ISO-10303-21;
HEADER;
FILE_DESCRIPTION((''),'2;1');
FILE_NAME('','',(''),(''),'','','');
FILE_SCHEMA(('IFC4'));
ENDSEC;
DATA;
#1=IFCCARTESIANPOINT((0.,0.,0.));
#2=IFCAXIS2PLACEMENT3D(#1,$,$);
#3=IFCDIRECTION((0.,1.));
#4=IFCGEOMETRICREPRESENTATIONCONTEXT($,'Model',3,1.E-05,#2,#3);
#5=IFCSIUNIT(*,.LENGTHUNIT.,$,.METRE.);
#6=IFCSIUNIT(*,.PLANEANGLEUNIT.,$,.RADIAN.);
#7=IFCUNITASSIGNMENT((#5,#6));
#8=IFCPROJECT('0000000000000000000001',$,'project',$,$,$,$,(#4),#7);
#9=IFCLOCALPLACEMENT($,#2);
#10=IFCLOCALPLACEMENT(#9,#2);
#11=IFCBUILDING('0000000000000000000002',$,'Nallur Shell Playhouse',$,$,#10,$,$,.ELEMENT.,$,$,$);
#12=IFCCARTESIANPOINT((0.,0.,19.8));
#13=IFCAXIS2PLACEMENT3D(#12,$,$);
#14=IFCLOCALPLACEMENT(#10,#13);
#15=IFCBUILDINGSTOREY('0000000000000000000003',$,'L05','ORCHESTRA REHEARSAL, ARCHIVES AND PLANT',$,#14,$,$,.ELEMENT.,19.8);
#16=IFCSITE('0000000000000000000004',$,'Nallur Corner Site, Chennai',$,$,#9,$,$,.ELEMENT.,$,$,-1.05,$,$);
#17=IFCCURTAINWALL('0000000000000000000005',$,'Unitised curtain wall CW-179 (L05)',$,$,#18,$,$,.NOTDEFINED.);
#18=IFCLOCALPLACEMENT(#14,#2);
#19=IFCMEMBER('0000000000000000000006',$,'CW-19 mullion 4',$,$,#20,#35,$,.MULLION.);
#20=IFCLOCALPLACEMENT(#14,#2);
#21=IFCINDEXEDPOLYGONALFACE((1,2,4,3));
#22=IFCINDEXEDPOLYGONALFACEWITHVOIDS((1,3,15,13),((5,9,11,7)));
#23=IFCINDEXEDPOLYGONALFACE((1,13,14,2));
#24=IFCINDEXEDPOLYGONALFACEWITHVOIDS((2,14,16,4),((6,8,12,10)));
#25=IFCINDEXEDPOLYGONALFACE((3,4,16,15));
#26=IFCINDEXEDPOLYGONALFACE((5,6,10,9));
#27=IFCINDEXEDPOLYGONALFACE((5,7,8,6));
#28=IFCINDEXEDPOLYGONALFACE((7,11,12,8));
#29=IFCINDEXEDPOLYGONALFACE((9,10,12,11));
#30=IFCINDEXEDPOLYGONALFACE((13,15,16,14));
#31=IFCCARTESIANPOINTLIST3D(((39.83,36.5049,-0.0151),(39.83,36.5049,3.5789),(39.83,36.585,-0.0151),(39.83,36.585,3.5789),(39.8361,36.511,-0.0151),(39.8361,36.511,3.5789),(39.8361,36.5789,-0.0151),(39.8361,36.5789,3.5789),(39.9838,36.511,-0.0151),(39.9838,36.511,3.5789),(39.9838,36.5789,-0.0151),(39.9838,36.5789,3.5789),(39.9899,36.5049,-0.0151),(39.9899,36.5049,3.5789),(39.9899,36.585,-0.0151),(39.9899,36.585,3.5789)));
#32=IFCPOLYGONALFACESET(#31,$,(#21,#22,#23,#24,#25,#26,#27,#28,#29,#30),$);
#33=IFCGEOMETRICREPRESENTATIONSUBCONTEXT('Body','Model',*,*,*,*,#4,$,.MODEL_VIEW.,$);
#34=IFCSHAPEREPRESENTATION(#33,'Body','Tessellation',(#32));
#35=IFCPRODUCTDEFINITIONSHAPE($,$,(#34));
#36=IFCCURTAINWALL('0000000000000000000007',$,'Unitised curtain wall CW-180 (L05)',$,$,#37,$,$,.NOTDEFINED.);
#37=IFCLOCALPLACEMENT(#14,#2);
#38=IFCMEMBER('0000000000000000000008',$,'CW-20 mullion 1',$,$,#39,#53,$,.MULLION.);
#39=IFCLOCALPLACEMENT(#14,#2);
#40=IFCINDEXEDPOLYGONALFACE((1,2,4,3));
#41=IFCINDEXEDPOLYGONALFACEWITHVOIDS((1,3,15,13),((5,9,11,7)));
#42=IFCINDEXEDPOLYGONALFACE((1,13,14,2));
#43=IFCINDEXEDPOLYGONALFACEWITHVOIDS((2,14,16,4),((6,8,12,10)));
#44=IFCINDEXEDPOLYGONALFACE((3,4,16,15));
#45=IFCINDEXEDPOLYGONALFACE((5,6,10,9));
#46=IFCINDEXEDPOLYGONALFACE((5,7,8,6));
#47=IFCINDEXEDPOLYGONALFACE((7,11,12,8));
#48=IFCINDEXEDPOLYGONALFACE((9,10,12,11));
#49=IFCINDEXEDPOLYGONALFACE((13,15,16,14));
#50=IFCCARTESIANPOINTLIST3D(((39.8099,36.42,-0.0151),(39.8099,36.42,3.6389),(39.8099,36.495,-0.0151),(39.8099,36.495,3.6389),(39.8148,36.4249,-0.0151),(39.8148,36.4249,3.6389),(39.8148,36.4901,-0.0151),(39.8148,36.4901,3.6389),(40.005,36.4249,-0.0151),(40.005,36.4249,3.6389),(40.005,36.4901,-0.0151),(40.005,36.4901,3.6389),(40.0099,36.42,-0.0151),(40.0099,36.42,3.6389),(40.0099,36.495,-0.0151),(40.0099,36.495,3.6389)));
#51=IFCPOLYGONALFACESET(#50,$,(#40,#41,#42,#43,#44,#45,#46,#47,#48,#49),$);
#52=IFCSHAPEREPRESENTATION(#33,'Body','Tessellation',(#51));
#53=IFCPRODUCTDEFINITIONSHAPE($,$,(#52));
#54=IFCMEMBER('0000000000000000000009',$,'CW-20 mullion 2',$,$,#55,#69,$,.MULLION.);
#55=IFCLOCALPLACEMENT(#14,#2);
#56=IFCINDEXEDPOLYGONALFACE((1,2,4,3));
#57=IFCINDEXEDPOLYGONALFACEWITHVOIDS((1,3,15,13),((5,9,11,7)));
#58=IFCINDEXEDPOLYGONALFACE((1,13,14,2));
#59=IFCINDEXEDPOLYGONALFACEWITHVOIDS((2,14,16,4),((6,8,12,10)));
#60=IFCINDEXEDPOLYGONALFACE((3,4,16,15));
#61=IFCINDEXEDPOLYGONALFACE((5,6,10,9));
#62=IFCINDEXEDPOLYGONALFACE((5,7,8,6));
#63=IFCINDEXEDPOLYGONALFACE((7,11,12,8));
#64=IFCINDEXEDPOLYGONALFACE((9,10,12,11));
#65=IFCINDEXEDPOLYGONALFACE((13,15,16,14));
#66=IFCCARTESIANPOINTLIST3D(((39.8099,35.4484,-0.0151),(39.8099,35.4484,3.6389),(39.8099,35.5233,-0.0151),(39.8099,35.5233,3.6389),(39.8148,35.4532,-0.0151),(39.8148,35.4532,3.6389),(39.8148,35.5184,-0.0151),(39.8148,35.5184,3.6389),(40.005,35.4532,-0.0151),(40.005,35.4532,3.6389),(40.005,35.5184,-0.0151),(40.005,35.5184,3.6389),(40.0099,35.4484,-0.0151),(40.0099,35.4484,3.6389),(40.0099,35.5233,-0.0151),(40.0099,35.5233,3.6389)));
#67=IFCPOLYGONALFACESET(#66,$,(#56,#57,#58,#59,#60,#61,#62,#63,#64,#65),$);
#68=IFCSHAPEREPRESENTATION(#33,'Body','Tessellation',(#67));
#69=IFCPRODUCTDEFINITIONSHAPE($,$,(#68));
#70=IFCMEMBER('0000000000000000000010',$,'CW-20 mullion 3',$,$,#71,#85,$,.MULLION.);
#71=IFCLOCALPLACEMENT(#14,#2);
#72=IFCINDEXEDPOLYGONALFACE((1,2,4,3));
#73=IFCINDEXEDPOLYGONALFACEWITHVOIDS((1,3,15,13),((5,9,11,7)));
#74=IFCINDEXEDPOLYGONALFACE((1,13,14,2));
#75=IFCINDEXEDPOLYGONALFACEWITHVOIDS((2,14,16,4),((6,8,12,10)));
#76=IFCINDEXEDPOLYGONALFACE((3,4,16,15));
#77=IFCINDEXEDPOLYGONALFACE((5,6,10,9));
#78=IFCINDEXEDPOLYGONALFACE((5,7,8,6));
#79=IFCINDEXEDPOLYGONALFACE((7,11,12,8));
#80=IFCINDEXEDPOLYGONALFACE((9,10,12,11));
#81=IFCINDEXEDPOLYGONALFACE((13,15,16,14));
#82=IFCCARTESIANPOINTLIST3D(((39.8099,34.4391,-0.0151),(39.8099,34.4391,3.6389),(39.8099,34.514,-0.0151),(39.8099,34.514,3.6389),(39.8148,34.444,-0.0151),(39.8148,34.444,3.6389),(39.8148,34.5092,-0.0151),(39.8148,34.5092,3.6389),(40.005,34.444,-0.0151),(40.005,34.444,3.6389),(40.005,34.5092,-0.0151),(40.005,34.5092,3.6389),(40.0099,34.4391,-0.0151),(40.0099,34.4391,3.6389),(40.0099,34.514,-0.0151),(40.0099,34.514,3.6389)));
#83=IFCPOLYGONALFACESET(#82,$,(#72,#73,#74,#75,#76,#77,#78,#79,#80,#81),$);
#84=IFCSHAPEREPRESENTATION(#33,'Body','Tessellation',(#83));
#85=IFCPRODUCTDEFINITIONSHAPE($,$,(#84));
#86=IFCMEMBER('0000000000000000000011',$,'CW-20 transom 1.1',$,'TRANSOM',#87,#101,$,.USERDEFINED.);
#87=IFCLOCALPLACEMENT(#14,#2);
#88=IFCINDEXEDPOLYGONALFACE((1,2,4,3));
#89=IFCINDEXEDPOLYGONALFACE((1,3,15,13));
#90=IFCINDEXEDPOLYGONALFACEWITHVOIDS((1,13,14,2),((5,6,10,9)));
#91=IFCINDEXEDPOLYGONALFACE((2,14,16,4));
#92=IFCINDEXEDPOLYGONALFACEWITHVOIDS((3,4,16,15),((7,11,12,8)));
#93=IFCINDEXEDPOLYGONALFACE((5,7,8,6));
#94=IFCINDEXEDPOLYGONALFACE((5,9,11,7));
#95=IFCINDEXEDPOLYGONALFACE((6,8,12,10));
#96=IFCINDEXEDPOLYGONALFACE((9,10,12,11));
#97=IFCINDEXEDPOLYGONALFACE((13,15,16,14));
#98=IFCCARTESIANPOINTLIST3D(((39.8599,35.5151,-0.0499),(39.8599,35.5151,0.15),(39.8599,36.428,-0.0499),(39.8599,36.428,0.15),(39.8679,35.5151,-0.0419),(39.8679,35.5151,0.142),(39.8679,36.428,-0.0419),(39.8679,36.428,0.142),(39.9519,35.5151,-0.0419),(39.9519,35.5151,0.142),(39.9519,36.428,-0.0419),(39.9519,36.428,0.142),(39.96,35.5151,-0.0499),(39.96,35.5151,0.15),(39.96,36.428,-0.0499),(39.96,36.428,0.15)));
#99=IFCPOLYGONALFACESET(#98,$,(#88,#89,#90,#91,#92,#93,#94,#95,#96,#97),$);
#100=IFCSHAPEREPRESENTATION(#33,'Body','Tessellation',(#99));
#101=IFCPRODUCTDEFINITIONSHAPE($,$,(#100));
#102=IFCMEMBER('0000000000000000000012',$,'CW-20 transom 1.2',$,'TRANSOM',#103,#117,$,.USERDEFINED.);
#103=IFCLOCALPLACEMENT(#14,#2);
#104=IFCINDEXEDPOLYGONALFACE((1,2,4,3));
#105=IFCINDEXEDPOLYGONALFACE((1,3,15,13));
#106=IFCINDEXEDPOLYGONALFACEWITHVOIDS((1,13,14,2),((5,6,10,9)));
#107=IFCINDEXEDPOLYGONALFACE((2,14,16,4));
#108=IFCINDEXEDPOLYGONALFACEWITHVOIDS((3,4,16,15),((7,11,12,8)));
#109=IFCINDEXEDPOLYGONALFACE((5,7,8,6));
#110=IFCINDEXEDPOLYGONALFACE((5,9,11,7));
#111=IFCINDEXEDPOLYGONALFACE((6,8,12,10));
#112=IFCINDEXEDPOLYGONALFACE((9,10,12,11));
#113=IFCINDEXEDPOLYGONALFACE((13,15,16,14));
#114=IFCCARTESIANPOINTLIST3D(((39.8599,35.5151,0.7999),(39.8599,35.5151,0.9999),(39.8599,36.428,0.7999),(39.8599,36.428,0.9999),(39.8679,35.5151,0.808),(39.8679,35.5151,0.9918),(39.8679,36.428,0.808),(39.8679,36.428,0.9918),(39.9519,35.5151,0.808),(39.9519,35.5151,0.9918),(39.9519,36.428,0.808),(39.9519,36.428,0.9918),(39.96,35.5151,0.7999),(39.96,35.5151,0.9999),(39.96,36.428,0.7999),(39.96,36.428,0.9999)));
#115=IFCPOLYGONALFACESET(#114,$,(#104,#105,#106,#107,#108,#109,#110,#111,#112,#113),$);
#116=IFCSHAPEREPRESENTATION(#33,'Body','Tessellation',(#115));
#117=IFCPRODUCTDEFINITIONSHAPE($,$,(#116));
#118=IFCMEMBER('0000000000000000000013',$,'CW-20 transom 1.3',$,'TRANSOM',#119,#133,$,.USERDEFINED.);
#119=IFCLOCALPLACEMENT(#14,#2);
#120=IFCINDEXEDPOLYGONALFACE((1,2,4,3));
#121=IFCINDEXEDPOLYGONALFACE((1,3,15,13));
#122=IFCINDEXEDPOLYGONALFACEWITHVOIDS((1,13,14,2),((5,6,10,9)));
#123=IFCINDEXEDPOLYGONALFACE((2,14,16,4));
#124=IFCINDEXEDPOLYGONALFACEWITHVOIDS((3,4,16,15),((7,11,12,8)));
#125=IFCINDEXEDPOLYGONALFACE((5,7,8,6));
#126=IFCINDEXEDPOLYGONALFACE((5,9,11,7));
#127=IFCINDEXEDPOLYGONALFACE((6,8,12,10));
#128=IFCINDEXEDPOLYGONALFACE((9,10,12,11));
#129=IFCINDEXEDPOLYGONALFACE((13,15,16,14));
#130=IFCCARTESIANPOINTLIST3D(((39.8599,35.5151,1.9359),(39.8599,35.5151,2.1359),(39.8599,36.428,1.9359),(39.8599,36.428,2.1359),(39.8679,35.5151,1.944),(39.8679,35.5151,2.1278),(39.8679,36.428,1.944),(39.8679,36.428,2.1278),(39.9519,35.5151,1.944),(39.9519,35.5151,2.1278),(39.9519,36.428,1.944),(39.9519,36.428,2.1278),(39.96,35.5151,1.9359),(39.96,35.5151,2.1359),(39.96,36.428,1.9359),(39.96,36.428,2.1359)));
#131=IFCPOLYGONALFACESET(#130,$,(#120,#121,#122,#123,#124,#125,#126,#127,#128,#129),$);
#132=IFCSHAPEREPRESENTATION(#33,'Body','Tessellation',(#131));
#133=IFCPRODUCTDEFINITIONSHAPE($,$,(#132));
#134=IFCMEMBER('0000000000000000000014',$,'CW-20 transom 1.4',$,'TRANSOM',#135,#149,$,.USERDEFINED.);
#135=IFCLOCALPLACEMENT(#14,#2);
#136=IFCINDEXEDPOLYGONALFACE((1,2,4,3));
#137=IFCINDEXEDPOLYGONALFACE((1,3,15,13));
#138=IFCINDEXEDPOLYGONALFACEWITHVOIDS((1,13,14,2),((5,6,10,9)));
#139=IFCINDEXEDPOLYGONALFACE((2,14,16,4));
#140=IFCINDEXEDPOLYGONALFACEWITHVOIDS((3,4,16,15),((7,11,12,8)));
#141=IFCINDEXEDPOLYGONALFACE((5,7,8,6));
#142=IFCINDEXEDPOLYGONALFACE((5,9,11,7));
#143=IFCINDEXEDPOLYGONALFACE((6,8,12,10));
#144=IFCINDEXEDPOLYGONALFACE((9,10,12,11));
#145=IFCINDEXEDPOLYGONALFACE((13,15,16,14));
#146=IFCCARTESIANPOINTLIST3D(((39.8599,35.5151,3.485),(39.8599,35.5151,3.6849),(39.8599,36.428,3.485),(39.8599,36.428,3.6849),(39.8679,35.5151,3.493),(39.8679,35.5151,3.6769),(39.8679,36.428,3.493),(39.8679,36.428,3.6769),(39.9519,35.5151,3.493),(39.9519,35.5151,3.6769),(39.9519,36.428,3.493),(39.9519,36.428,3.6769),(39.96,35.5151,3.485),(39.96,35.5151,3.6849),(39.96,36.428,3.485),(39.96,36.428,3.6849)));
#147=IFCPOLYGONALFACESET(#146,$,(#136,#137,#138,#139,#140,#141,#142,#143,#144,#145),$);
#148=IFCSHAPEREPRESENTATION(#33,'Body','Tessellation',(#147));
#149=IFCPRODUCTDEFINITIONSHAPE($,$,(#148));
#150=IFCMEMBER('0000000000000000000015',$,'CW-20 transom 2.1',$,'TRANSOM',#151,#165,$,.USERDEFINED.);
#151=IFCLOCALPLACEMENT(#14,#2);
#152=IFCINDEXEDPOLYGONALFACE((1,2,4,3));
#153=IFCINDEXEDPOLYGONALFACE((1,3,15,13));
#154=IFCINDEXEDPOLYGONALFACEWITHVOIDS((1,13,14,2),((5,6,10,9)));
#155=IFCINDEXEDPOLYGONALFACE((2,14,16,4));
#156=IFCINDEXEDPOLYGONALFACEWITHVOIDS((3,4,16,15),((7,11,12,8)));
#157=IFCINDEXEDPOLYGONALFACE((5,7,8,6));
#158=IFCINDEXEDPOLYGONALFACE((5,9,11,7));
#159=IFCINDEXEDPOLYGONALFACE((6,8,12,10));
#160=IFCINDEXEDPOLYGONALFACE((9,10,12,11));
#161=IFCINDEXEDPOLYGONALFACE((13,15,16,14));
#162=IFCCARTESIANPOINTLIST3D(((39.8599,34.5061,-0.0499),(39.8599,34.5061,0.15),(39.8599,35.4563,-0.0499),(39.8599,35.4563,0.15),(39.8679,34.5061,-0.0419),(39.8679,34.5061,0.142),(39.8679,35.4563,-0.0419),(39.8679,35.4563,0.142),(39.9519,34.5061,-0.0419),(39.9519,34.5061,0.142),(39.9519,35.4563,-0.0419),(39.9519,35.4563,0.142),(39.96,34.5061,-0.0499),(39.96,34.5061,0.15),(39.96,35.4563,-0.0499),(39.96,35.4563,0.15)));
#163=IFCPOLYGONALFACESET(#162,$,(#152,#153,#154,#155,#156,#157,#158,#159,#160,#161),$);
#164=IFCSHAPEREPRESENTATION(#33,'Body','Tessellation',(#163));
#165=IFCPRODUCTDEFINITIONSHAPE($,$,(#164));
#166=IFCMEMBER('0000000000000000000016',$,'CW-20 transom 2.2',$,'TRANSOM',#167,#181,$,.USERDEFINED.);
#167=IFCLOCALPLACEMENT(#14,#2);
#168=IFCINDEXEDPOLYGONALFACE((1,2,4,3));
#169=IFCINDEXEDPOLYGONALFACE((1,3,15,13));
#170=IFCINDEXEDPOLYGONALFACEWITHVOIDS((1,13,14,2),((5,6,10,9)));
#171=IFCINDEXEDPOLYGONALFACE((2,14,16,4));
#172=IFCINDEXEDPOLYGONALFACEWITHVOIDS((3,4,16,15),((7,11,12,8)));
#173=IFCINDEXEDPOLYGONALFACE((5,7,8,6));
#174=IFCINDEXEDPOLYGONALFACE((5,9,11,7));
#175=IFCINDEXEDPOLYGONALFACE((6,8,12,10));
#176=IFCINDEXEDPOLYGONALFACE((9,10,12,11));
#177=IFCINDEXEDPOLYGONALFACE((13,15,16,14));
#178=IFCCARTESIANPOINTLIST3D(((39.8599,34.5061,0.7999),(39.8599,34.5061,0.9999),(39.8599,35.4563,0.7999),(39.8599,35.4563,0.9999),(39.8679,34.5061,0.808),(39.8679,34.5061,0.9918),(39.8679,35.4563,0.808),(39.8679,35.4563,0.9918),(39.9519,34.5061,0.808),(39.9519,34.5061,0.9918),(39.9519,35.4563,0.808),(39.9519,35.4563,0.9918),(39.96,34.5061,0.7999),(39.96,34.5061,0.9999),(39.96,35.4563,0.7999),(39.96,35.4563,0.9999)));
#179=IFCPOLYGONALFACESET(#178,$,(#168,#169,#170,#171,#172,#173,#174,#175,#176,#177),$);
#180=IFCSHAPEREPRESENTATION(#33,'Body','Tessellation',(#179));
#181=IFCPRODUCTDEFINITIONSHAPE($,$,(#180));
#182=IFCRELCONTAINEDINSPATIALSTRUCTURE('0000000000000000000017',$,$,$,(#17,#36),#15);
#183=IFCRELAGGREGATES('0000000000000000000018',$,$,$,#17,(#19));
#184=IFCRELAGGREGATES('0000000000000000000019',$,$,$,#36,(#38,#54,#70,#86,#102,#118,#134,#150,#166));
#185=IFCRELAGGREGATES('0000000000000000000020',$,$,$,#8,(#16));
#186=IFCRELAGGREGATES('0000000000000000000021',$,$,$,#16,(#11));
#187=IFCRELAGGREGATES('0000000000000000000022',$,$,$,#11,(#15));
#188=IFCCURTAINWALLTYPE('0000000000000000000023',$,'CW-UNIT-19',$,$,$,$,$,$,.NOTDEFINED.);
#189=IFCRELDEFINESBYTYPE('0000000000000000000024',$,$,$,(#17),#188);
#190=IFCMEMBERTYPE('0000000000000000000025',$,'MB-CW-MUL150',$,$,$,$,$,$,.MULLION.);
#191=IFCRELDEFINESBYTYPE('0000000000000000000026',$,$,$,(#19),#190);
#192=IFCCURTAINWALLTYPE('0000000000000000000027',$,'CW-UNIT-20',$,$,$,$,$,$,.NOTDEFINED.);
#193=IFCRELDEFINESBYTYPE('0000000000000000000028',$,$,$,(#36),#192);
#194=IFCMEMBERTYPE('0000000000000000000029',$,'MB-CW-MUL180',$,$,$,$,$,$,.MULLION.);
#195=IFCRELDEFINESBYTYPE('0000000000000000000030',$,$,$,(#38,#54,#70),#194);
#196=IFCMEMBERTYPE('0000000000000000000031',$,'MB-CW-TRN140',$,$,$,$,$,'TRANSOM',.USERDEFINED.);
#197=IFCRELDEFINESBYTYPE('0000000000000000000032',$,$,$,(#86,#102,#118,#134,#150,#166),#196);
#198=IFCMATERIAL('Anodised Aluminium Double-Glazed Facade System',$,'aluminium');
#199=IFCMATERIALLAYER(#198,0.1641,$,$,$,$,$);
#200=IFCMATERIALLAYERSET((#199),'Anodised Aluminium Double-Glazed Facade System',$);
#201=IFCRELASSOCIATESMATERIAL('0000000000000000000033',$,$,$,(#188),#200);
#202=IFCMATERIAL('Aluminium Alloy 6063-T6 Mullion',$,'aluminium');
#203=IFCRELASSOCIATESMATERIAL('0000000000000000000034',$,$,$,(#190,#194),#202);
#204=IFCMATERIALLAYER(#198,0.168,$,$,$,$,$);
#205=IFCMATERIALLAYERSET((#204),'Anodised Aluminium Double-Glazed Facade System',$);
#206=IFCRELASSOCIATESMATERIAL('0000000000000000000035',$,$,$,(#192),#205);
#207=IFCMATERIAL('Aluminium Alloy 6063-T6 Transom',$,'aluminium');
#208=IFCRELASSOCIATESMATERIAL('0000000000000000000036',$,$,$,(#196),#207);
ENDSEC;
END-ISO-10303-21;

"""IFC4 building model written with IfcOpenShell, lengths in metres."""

from ifc_helpers import new_model, si_unit, direction, frame, origin, origin_2d, place, context, subcontext, project, spatial, hollow_rectangle, extrude, material, layer, layer_set, material_profile, profile_set, type_object, element, aggregate, save


model = new_model("IFC4")

# Units and contexts
model_context = context("Model", 3, precision=1e-05, world=origin(), true_north=direction((0.0, 1.0)))
body_context = subcontext(model_context, "Body", "Model", "MODEL_VIEW")
ifc_project = project(units=[si_unit("LENGTHUNIT", "METRE"), si_unit("PLANEANGLEUNIT", "RADIAN")], contexts=[model_context])

# Site, building, storey
site_placement = place(None, origin())
site = spatial("IfcSite", under=ifc_project, at=site_placement, Name="Nallur Corner Site, Chennai", CompositionType="ELEMENT", RefElevation=-1.05)
building_placement = place(site_placement, origin())
building = spatial("IfcBuilding", under=site, at=building_placement, Name="Nallur Shell Playhouse", CompositionType="ELEMENT")
storey_placement = place(building_placement, frame((0.0, 0.0, 19.8)))
storey = spatial("IfcBuildingStorey", under=building, at=storey_placement, Name="L05", Description="ORCHESTRA REHEARSAL, ARCHIVES AND PLANT", CompositionType="ELEMENT", Elevation=19.8)

# Curtain wall, member
ifc_material_1 = material(Name="Anodised Aluminium Double-Glazed Facade System", Category="aluminium")
ifc_layer_1 = layer(ifc_material_1, 0.1641)
ifc_layer_set_1 = layer_set([ifc_layer_1], Name="Anodised Aluminium Double-Glazed Facade System")
curtain_wall_type_1 = type_object("IfcCurtainWallType", Name="CW-UNIT-19", PredefinedType="NOTDEFINED", material=ifc_layer_set_1)
curtain_wall_1_placement = place(storey_placement, origin())
curtain_wall_1 = element("IfcCurtainWall", 1, at=curtain_wall_1_placement, inside=storey, type_object=curtain_wall_type_1, Name="Unitised curtain wall CW-179 (L05)", PredefinedType="NOTDEFINED")
ifc_material_2 = material(Name="Aluminium Alloy 6063-T6 Mullion", Category="aluminium")
ifc_material_profile_1 = material_profile(ifc_material_2, hollow_rectangle(XDim=0.0801, YDim=0.1599, WallThickness=0.0061, at=origin_2d()), Name="RHS 160x80x6")
ifc_profile_set_1 = profile_set([ifc_material_profile_1], Name="Aluminium Alloy 6063-T6 Mullion")
member_type_1 = type_object("IfcMemberType", Name="MB-CW-MUL150", PredefinedType="MULLION", material=ifc_profile_set_1)
member_1_placement = place(storey_placement, frame((39.9099, 36.5449, -0.0151), z_axis=(0.0, 0.0, 1.0), x_axis=(0.0, -1.0, 0.0)))
member_1 = element("IfcMember", 2, at=member_1_placement, type_object=member_type_1, Name="CW-19 mullion 4", PredefinedType="MULLION", context=body_context, shape_type="SweptSolid", body=[
    extrude(hollow_rectangle(XDim=0.0801, YDim=0.1599, WallThickness=0.0061, at=origin_2d()), origin(), (0.0, 0.0, 1.0), 3.594),
])

# Curtain wall, members
ifc_layer_2 = layer(ifc_material_1, 0.168)
ifc_layer_set_2 = layer_set([ifc_layer_2], Name="Anodised Aluminium Double-Glazed Facade System")
curtain_wall_type_2 = type_object("IfcCurtainWallType", Name="CW-UNIT-20", PredefinedType="NOTDEFINED", material=ifc_layer_set_2)
curtain_wall_2_placement = place(storey_placement, origin())
curtain_wall_2 = element("IfcCurtainWall", 3, at=curtain_wall_2_placement, inside=storey, type_object=curtain_wall_type_2, Name="Unitised curtain wall CW-180 (L05)", PredefinedType="NOTDEFINED")
ifc_material_profile_2 = material_profile(ifc_material_2, hollow_rectangle(XDim=0.075, YDim=0.2, WallThickness=0.0049, at=origin_2d()), Name="ALU 75x200x5")
ifc_profile_set_2 = profile_set([ifc_material_profile_2], Name="Aluminium Alloy 6063-T6 Mullion")
member_type_2 = type_object("IfcMemberType", Name="MB-CW-MUL180", PredefinedType="MULLION", material=ifc_profile_set_2)
member_2_placement = place(storey_placement, frame((39.9099, 36.4575, -0.0151), z_axis=(0.0, 0.0, 1.0), x_axis=(0.0, -1.0, 0.0)))
member_2 = element("IfcMember", 4, at=member_2_placement, type_object=member_type_2, Name="CW-20 mullion 1", PredefinedType="MULLION", context=body_context, shape_type="SweptSolid", body=[
    extrude(hollow_rectangle(XDim=0.075, YDim=0.2, WallThickness=0.0049, at=origin_2d()), origin(), (0.0, 0.0, 1.0), 3.6541),
])
member_3_placement = place(storey_placement, frame((39.9099, 35.4858, -0.0151), z_axis=(0.0, 0.0, 1.0), x_axis=(0.0, -1.0, 0.0)))
member_3 = element("IfcMember", 5, at=member_3_placement, type_object=member_type_2, Name="CW-20 mullion 2", PredefinedType="MULLION", context=body_context, shape_type="SweptSolid", body=[
    extrude(hollow_rectangle(XDim=0.075, YDim=0.2, WallThickness=0.0049, at=origin_2d()), origin(), (0.0, 0.0, 1.0), 3.6541),
])
member_4_placement = place(storey_placement, frame((39.9099, 34.4766, -0.0151), z_axis=(0.0, 0.0, 1.0), x_axis=(0.0, -1.0, 0.0)))
member_4 = element("IfcMember", 6, at=member_4_placement, type_object=member_type_2, Name="CW-20 mullion 3", PredefinedType="MULLION", context=body_context, shape_type="SweptSolid", body=[
    extrude(hollow_rectangle(XDim=0.075, YDim=0.2, WallThickness=0.0049, at=origin_2d()), origin(), (0.0, 0.0, 1.0), 3.6541),
])
ifc_material_3 = material(Name="Aluminium Alloy 6063-T6 Transom", Category="aluminium")
ifc_material_profile_3 = material_profile(ifc_material_3, hollow_rectangle(XDim=0.1001, YDim=0.2, WallThickness=0.0081, at=origin_2d()), Name="RHS 200x100x8")
ifc_profile_set_3 = profile_set([ifc_material_profile_3], Name="Aluminium Alloy 6063-T6 Transom")
member_type_3 = type_object("IfcMemberType", Name="MB-CW-TRN140", ElementType="TRANSOM", PredefinedType="USERDEFINED", material=ifc_profile_set_3)
member_5_placement = place(storey_placement, frame((39.9099, 36.428, 0.05), z_axis=(0.0, -1.0, 0.0), x_axis=(1.0, 0.0, 0.0)))
member_5 = element("IfcMember", 7, at=member_5_placement, type_object=member_type_3, Name="CW-20 transom 1.1", ObjectType="TRANSOM", PredefinedType="USERDEFINED", context=body_context, shape_type="SweptSolid", body=[
    extrude(hollow_rectangle(XDim=0.1001, YDim=0.2, WallThickness=0.0081, at=origin_2d()), origin(), (0.0, 0.0, 1.0), 0.9128),
])
member_6_placement = place(storey_placement, frame((39.9099, 36.428, 0.8999), z_axis=(0.0, -1.0, 0.0), x_axis=(1.0, 0.0, 0.0)))
member_6 = element("IfcMember", 8, at=member_6_placement, type_object=member_type_3, Name="CW-20 transom 1.2", ObjectType="TRANSOM", PredefinedType="USERDEFINED", context=body_context, shape_type="SweptSolid", body=[
    extrude(hollow_rectangle(XDim=0.1001, YDim=0.2, WallThickness=0.0081, at=origin_2d()), origin(), (0.0, 0.0, 1.0), 0.9128),
])
member_7_placement = place(storey_placement, frame((39.9099, 36.428, 2.0359), z_axis=(0.0, -1.0, 0.0), x_axis=(1.0, 0.0, 0.0)))
member_7 = element("IfcMember", 9, at=member_7_placement, type_object=member_type_3, Name="CW-20 transom 1.3", ObjectType="TRANSOM", PredefinedType="USERDEFINED", context=body_context, shape_type="SweptSolid", body=[
    extrude(hollow_rectangle(XDim=0.1001, YDim=0.2, WallThickness=0.0081, at=origin_2d()), origin(), (0.0, 0.0, 1.0), 0.9128),
])
member_8_placement = place(storey_placement, frame((39.9099, 36.428, 3.585), z_axis=(0.0, -1.0, 0.0), x_axis=(1.0, 0.0, 0.0)))
member_8 = element("IfcMember", 10, at=member_8_placement, type_object=member_type_3, Name="CW-20 transom 1.4", ObjectType="TRANSOM", PredefinedType="USERDEFINED", context=body_context, shape_type="SweptSolid", body=[
    extrude(hollow_rectangle(XDim=0.1001, YDim=0.2, WallThickness=0.0081, at=origin_2d()), origin(), (0.0, 0.0, 1.0), 0.9128),
])
member_9_placement = place(storey_placement, frame((39.9099, 35.4563, 0.05), z_axis=(0.0, -1.0, 0.0), x_axis=(1.0, 0.0, 0.0)))
member_9 = element("IfcMember", 11, at=member_9_placement, type_object=member_type_3, Name="CW-20 transom 2.1", ObjectType="TRANSOM", PredefinedType="USERDEFINED", context=body_context, shape_type="SweptSolid", body=[
    extrude(hollow_rectangle(XDim=0.1001, YDim=0.2, WallThickness=0.0081, at=origin_2d()), origin(), (0.0, 0.0, 1.0), 0.9502),
])
member_10_placement = place(storey_placement, frame((39.9099, 35.4563, 0.8999), z_axis=(0.0, -1.0, 0.0), x_axis=(1.0, 0.0, 0.0)))
member_10 = element("IfcMember", 12, at=member_10_placement, type_object=member_type_3, Name="CW-20 transom 2.2", ObjectType="TRANSOM", PredefinedType="USERDEFINED", context=body_context, shape_type="SweptSolid", body=[
    extrude(hollow_rectangle(XDim=0.1001, YDim=0.2, WallThickness=0.0081, at=origin_2d()), origin(), (0.0, 0.0, 1.0), 0.9502),
])

aggregate(curtain_wall_1, [member_1])
aggregate(curtain_wall_2, [member_2, member_3, member_4, member_5, member_6, member_7, member_8, member_9, member_10])

save(model, "model.ifc")
